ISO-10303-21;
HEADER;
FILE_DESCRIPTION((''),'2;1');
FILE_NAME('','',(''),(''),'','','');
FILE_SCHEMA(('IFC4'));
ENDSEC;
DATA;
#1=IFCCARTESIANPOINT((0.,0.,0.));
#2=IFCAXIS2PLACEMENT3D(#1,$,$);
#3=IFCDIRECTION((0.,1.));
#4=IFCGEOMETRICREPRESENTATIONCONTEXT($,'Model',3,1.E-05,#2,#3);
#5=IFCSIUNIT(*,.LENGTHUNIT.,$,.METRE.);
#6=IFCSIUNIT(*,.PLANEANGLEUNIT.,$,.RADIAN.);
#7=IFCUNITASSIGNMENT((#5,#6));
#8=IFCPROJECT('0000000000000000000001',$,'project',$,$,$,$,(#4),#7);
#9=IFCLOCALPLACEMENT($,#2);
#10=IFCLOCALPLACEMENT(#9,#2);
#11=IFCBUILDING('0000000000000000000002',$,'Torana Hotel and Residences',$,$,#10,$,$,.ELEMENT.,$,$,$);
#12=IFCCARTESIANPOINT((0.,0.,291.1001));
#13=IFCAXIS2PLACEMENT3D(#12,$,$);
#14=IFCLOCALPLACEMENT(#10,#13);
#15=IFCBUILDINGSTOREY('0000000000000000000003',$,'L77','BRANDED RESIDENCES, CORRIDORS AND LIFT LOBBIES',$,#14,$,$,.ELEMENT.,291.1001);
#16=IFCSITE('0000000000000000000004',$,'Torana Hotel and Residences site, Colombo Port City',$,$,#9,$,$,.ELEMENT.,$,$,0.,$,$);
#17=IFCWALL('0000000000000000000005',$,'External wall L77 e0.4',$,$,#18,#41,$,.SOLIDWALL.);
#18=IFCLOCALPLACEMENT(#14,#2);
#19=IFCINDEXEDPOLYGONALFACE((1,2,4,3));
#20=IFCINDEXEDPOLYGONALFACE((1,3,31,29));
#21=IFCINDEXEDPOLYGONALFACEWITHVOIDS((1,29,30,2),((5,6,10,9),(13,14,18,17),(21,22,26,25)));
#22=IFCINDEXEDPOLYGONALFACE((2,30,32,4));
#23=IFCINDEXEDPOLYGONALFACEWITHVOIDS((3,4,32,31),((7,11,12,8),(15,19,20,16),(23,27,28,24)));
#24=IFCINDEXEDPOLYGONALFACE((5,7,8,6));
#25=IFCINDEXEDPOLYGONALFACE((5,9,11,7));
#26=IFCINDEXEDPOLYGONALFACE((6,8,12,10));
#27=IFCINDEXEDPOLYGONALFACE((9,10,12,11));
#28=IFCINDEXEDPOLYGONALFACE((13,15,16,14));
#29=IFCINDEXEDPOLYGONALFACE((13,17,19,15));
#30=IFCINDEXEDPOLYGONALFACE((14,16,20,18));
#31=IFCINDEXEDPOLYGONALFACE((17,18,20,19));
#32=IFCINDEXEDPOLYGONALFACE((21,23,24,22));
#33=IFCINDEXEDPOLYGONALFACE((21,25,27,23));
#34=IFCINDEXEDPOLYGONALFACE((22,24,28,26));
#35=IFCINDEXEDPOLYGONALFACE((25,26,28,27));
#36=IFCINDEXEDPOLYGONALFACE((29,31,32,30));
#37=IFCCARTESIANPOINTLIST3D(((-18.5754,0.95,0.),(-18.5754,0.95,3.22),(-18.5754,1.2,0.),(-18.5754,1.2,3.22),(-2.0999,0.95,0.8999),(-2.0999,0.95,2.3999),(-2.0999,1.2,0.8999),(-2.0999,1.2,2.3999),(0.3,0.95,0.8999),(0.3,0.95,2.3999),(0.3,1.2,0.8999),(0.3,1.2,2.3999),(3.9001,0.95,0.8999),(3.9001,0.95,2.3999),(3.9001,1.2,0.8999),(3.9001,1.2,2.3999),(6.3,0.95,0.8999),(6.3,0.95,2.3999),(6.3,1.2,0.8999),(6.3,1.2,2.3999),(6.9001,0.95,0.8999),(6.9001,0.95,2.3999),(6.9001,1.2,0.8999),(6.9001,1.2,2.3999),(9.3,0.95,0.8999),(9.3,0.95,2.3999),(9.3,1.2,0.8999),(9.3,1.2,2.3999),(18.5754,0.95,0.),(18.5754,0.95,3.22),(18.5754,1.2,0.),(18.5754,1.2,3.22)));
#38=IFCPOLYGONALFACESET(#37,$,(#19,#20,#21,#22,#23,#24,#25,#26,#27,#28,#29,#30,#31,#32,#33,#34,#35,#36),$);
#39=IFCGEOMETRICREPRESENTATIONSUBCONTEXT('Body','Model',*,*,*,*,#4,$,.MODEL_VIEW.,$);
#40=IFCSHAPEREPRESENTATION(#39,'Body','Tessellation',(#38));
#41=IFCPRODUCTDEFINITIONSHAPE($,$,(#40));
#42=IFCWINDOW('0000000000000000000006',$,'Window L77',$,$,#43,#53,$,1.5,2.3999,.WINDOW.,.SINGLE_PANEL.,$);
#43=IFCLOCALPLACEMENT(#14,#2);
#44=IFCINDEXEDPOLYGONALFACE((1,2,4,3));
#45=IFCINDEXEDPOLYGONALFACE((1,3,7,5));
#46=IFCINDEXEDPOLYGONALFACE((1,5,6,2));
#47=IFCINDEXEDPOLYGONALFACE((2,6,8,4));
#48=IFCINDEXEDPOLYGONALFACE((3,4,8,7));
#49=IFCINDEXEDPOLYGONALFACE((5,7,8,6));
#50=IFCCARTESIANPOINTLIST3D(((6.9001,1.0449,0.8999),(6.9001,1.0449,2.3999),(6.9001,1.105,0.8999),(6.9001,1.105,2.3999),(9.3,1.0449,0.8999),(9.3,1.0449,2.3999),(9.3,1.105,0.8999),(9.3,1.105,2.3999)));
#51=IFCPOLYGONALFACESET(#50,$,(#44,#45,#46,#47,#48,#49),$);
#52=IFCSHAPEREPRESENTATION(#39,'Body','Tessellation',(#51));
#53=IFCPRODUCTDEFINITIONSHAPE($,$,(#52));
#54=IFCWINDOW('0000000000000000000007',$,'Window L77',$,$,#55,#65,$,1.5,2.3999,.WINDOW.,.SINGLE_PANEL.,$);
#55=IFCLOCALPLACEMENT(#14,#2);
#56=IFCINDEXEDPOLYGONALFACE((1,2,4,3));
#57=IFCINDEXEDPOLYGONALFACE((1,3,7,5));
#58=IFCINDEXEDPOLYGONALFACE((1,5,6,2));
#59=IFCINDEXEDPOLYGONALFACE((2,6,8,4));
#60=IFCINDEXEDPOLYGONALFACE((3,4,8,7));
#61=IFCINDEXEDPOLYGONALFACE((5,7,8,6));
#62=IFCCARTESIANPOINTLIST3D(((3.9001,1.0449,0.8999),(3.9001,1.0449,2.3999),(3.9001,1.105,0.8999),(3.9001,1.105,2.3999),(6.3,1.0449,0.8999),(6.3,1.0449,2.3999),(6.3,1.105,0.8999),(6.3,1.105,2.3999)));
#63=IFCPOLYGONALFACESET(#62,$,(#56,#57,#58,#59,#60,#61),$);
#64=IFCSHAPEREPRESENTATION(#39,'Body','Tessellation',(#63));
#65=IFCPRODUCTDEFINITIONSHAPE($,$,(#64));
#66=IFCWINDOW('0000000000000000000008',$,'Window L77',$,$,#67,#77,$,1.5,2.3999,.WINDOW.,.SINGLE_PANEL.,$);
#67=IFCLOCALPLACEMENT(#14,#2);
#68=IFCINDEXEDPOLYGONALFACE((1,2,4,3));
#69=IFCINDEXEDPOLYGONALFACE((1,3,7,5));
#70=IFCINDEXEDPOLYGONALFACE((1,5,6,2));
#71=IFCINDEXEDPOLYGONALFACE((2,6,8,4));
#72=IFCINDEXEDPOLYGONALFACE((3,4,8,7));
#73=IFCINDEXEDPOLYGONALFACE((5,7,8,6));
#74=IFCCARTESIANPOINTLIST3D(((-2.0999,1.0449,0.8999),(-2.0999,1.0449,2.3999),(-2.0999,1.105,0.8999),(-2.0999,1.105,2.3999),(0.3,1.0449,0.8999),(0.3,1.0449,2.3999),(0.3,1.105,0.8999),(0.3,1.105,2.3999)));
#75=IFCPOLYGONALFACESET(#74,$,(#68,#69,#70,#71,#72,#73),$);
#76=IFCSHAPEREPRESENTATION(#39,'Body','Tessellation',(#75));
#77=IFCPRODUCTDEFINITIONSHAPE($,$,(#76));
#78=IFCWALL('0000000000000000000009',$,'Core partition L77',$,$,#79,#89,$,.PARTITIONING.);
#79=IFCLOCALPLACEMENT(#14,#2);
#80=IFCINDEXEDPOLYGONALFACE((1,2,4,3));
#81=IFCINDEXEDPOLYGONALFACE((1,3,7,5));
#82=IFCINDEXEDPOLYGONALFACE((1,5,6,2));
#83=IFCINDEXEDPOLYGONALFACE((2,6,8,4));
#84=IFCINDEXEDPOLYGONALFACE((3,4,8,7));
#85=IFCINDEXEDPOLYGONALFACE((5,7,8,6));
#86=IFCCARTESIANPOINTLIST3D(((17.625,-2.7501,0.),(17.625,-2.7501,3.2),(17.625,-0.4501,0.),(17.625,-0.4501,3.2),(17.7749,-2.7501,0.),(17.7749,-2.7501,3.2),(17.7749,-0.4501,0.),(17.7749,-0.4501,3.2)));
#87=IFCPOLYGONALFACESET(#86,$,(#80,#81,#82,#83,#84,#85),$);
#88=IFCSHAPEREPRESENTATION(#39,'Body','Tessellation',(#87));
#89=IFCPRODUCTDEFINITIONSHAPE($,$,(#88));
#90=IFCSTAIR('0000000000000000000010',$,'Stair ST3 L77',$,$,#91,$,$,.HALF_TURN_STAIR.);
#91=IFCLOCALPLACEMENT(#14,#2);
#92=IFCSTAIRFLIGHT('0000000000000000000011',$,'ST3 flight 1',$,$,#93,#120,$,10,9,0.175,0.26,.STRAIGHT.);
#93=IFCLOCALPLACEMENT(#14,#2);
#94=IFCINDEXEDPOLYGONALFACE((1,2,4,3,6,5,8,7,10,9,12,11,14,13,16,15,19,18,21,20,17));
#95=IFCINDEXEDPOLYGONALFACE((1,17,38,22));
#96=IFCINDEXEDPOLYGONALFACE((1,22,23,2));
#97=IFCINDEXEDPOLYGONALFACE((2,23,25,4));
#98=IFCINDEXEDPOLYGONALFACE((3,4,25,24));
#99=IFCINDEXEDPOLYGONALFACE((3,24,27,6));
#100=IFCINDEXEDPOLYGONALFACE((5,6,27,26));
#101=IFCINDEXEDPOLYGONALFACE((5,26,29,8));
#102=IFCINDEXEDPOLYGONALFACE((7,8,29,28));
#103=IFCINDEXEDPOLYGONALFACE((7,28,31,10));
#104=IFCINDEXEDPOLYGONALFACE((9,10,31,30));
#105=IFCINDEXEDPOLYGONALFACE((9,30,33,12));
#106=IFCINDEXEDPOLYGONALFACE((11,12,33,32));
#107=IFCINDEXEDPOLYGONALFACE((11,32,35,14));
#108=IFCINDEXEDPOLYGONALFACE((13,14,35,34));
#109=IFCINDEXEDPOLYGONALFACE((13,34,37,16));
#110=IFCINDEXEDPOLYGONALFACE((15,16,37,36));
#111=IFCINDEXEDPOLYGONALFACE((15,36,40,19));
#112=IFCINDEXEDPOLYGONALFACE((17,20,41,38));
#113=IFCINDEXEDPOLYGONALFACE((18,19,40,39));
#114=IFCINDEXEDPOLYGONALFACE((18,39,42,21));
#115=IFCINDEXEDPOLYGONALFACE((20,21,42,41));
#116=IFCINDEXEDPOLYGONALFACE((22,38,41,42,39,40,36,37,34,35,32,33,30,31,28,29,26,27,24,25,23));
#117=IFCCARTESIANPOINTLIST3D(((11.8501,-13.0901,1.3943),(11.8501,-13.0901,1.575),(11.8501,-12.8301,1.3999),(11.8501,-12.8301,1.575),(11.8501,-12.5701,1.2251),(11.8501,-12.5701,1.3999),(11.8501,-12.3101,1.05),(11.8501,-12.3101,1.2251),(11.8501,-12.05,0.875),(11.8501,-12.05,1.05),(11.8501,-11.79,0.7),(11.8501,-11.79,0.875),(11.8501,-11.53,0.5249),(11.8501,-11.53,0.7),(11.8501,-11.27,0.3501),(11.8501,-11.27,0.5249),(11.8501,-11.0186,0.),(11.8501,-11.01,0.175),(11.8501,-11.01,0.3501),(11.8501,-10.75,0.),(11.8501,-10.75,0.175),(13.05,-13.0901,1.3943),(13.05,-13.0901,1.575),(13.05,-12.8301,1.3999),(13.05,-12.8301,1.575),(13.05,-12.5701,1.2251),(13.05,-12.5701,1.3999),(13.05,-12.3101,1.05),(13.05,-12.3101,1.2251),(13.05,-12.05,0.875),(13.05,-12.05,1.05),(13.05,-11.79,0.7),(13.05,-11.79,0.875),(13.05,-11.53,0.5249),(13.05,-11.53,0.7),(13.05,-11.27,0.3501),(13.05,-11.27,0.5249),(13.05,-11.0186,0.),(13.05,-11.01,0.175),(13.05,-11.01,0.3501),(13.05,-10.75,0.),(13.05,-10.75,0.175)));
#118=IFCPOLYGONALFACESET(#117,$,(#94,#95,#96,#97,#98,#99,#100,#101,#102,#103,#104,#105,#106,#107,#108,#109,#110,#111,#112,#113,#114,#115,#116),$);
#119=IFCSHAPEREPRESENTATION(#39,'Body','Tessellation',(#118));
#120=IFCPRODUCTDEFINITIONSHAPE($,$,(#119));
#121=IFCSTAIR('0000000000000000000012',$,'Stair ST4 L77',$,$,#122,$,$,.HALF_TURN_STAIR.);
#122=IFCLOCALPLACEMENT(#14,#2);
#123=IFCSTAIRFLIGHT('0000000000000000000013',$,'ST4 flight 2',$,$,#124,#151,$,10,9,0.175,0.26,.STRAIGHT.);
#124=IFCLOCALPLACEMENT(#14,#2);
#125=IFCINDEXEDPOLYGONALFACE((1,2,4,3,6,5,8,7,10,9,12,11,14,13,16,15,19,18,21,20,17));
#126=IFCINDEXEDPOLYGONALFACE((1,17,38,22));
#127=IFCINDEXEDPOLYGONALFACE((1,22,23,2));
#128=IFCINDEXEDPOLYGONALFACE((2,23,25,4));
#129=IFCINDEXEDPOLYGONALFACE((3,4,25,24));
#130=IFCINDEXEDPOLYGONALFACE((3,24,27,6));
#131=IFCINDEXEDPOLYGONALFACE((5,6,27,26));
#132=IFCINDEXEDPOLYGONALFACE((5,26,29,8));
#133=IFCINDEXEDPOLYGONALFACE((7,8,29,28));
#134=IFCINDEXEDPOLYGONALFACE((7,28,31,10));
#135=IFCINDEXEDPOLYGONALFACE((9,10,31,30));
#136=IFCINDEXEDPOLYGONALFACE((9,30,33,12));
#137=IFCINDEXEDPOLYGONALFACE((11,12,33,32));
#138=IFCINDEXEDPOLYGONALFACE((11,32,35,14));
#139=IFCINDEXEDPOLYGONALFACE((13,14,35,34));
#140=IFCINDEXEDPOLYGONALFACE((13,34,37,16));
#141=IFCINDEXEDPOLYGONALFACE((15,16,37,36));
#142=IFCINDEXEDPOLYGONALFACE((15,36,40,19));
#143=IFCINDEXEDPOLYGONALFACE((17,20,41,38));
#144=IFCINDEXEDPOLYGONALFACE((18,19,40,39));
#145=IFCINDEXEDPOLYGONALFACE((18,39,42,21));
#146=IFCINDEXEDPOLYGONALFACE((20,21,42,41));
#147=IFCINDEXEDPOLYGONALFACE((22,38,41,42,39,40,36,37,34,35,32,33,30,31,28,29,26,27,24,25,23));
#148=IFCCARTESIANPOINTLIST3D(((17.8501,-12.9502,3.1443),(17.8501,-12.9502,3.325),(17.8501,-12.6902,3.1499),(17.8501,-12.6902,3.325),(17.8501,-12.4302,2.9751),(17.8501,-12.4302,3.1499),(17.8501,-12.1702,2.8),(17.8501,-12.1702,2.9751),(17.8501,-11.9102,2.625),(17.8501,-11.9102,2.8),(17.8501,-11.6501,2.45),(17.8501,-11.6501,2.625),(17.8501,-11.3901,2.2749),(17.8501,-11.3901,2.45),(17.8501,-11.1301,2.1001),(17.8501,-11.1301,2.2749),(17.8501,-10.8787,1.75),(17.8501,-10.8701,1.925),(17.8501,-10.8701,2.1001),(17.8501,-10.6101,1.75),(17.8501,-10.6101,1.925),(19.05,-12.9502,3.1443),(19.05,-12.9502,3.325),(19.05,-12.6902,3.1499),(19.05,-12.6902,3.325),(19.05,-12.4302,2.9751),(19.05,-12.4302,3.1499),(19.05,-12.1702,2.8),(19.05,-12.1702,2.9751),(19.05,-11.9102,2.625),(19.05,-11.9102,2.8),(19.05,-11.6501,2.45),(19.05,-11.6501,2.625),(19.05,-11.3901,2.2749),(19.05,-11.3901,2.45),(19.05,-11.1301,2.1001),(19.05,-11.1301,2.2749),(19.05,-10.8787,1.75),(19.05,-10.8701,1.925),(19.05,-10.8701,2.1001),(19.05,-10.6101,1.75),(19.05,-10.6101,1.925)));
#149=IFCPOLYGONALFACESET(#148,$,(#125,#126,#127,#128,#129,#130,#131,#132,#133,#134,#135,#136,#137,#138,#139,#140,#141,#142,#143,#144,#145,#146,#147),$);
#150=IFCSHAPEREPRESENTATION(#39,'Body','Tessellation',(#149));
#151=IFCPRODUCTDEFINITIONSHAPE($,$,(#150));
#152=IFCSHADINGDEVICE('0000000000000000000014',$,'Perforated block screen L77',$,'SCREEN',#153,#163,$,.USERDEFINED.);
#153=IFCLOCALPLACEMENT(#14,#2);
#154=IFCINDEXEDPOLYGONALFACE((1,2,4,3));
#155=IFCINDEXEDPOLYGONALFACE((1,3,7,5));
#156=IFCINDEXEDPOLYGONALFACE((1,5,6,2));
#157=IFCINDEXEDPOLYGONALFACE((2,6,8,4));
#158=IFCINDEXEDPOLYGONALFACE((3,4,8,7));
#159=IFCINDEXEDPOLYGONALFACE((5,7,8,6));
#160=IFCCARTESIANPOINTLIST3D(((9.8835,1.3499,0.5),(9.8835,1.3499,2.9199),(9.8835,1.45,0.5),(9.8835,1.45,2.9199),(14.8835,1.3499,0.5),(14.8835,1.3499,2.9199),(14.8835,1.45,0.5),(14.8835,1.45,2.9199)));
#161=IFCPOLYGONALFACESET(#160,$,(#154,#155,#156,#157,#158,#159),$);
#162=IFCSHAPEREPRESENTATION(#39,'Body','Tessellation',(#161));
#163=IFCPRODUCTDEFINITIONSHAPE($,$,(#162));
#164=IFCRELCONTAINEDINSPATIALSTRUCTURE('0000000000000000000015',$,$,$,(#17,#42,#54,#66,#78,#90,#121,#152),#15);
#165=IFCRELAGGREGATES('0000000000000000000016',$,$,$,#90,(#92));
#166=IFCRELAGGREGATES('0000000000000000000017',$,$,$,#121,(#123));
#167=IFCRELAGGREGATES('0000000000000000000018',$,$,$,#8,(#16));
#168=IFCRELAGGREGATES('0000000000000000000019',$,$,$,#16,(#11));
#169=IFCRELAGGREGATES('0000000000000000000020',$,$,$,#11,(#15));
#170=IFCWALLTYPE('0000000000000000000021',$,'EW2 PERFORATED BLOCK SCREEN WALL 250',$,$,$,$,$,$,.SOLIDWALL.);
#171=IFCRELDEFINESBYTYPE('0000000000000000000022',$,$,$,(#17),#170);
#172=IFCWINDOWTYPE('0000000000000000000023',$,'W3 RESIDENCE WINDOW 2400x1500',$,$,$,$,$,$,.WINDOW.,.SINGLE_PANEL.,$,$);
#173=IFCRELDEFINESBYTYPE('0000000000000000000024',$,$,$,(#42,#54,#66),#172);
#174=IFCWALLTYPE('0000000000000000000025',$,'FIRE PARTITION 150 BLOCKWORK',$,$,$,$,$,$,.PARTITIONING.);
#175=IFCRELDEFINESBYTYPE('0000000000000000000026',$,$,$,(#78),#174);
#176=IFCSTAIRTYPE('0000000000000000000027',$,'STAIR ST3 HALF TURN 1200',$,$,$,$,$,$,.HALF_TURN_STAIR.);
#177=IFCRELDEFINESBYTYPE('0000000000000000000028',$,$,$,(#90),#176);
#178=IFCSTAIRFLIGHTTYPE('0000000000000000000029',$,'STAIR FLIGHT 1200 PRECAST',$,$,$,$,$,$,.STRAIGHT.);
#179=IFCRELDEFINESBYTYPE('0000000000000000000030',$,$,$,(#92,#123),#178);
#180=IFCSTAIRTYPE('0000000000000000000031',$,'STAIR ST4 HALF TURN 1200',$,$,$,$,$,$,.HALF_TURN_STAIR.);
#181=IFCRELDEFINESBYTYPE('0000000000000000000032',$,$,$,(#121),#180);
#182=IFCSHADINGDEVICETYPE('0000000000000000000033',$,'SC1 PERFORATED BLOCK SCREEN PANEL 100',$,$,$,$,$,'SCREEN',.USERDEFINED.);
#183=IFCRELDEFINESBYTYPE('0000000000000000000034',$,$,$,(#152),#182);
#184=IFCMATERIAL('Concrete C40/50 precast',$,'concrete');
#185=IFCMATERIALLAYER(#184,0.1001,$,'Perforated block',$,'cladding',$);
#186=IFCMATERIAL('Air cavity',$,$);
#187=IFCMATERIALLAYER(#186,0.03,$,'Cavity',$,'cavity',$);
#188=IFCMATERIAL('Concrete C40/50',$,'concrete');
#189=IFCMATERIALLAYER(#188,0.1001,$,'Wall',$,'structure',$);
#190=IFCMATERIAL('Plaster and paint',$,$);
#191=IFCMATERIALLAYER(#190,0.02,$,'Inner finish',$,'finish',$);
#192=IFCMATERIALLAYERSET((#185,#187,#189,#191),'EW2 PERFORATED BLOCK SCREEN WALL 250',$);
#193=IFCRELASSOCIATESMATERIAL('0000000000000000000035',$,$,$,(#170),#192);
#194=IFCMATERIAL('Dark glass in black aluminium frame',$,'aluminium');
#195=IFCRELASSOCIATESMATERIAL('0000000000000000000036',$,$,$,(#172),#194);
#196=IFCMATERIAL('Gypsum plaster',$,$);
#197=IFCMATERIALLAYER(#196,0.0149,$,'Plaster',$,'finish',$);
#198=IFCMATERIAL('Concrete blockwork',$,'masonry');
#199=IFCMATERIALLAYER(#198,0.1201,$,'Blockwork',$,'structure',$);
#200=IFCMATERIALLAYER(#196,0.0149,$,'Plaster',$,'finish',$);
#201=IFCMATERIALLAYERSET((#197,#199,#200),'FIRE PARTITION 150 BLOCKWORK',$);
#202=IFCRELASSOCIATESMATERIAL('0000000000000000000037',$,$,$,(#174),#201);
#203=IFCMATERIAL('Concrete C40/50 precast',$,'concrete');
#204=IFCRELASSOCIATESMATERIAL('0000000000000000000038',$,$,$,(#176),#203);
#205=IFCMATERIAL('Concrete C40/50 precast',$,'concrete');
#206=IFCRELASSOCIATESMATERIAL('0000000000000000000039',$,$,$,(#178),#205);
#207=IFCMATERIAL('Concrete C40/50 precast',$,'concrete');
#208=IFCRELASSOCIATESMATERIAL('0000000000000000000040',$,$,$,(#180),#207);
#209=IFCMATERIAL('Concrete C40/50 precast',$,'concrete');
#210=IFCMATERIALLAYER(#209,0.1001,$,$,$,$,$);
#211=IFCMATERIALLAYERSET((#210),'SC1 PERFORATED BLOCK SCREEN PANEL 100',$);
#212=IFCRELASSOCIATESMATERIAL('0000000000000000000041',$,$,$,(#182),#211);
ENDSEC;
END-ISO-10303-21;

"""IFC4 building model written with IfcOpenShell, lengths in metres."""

from ifc_helpers import new_model, si_unit, direction, frame, frame_2d, origin, origin_2d, place, context, subcontext, project, spatial, polyline, rectangle, outline, extrude, material, layer, layer_set, type_object, element, fill, aggregate, save


model = new_model("IFC4")

# Units and contexts
model_context = context("Model", 3, precision=1e-05, world=origin(), true_north=direction((0.0, 1.0)))
body_context = subcontext(model_context, "Body", "Model", "MODEL_VIEW")
ifc_project = project(units=[si_unit("LENGTHUNIT", "METRE"), si_unit("PLANEANGLEUNIT", "RADIAN")], contexts=[model_context])

# Site, building, storey
site_placement = place(None, origin())
site = spatial("IfcSite", under=ifc_project, at=site_placement, Name="Torana Hotel and Residences site, Colombo Port City", CompositionType="ELEMENT", RefElevation=0.0)
building_placement = place(site_placement, origin())
building = spatial("IfcBuilding", under=site, at=building_placement, Name="Torana Hotel and Residences", CompositionType="ELEMENT")
storey_placement = place(building_placement, frame((0.0, 0.0, 291.1001)))
storey = spatial("IfcBuildingStorey", under=building, at=storey_placement, Name="L77", Description="BRANDED RESIDENCES, CORRIDORS AND LIFT LOBBIES", CompositionType="ELEMENT", Elevation=291.1001)

# Wall, openings, windows
ifc_material_1 = material(Name="Concrete C40/50 precast", Category="concrete")
ifc_layer_1 = layer(ifc_material_1, 0.1001, Name="Perforated block", Category="cladding")
ifc_material_2 = material(Name="Air cavity")
ifc_layer_2 = layer(ifc_material_2, 0.03, Name="Cavity", Category="cavity")
ifc_material_3 = material(Name="Concrete C40/50", Category="concrete")
ifc_layer_3 = layer(ifc_material_3, 0.1001, Name="Wall", Category="structure")
ifc_material_4 = material(Name="Plaster and paint")
ifc_layer_4 = layer(ifc_material_4, 0.02, Name="Inner finish", Category="finish")
ifc_layer_set_1 = layer_set([ifc_layer_1, ifc_layer_2, ifc_layer_3, ifc_layer_4], Name="EW2 PERFORATED BLOCK SCREEN WALL 250")
wall_type_1 = type_object("IfcWallType", Name="EW2 PERFORATED BLOCK SCREEN WALL 250", PredefinedType="SOLIDWALL", material=ifc_layer_set_1)
wall_1_placement = place(storey_placement, frame((18.5754, 1.075, 0.0), z_axis=(0.0, 0.0, 1.0), x_axis=(-1.0, 0.0, 0.0)))
wall_1 = element("IfcWall", 1, at=wall_1_placement, inside=storey, type_object=wall_type_1, Name="External wall L77 e0.4", PredefinedType="SOLIDWALL", context=body_context, shape_type="SweptSolid", body=[
    extrude(rectangle(XDim=37.1509, YDim=0.25, at=frame_2d((18.5754, 0.0))), origin(), (0.0, 0.0, 1.0), 3.22),
])
opening_1_placement = place(wall_1_placement, frame((9.2754, 0.0, 0.8999)))
opening_1 = element("IfcOpeningElement", 2, at=opening_1_placement, cuts=wall_1, PredefinedType="OPENING", context=body_context, shape_type="SweptSolid", body=[
    extrude(rectangle(XDim=2.3999, YDim=1.5, at=frame_2d((1.2, 0.75))), frame((0.0, 0.135, 0.0), z_axis=(0.0, -1.0, 0.0), x_axis=(1.0, 0.0, 0.0)), (0.0, 0.0, 1.0), 0.27),
])
opening_2_placement = place(wall_1_placement, frame((12.2754, 0.0, 0.8999)))
opening_2 = element("IfcOpeningElement", 3, at=opening_2_placement, cuts=wall_1, PredefinedType="OPENING", context=body_context, shape_type="SweptSolid", body=[
    extrude(rectangle(XDim=2.3999, YDim=1.5, at=frame_2d((1.2, 0.75))), frame((0.0, 0.135, 0.0), z_axis=(0.0, -1.0, 0.0), x_axis=(1.0, 0.0, 0.0)), (0.0, 0.0, 1.0), 0.27),
])
opening_3_placement = place(wall_1_placement, frame((18.2754, 0.0, 0.8999)))
opening_3 = element("IfcOpeningElement", 4, at=opening_3_placement, cuts=wall_1, PredefinedType="OPENING", context=body_context, shape_type="SweptSolid", body=[
    extrude(rectangle(XDim=2.3999, YDim=1.5, at=frame_2d((1.2, 0.75))), frame((0.0, 0.135, 0.0), z_axis=(0.0, -1.0, 0.0), x_axis=(1.0, 0.0, 0.0)), (0.0, 0.0, 1.0), 0.27),
])
ifc_material_5 = material(Name="Dark glass in black aluminium frame", Category="aluminium")
window_type = type_object("IfcWindowType", Name="W3 RESIDENCE WINDOW 2400x1500", PartitioningType="SINGLE_PANEL", PredefinedType="WINDOW", material=ifc_material_5)
window_1_placement = place(opening_1_placement, origin())
window_1 = element("IfcWindow", 5, at=window_1_placement, inside=storey, type_object=window_type, Name="Window L77", OverallHeight=1.5, OverallWidth=2.3999, PartitioningType="SINGLE_PANEL", PredefinedType="WINDOW", context=body_context, shape_type="SweptSolid", body=[
    extrude(rectangle(XDim=2.3999, YDim=1.5, at=frame_2d((1.2, 0.75))), frame((0.0, 0.03, 0.0), z_axis=(0.0, -1.0, 0.0), x_axis=(1.0, 0.0, 0.0)), (0.0, 0.0, 1.0), 0.0601),
])
fill(opening_1, window_1)
window_2_placement = place(opening_2_placement, origin())
window_2 = element("IfcWindow", 6, at=window_2_placement, inside=storey, type_object=window_type, Name="Window L77", OverallHeight=1.5, OverallWidth=2.3999, PartitioningType="SINGLE_PANEL", PredefinedType="WINDOW", context=body_context, shape_type="SweptSolid", body=[
    extrude(rectangle(XDim=2.3999, YDim=1.5, at=frame_2d((1.2, 0.75))), frame((0.0, 0.03, 0.0), z_axis=(0.0, -1.0, 0.0), x_axis=(1.0, 0.0, 0.0)), (0.0, 0.0, 1.0), 0.0601),
])
fill(opening_2, window_2)
window_3_placement = place(opening_3_placement, origin())
window_3 = element("IfcWindow", 7, at=window_3_placement, inside=storey, type_object=window_type, Name="Window L77", OverallHeight=1.5, OverallWidth=2.3999, PartitioningType="SINGLE_PANEL", PredefinedType="WINDOW", context=body_context, shape_type="SweptSolid", body=[
    extrude(rectangle(XDim=2.3999, YDim=1.5, at=frame_2d((1.2, 0.75))), frame((0.0, 0.03, 0.0), z_axis=(0.0, -1.0, 0.0), x_axis=(1.0, 0.0, 0.0)), (0.0, 0.0, 1.0), 0.0601),
])
fill(opening_3, window_3)

# Wall
ifc_material_6 = material(Name="Gypsum plaster")
ifc_layer_5 = layer(ifc_material_6, 0.0149, Name="Plaster", Category="finish")
ifc_material_7 = material(Name="Concrete blockwork", Category="masonry")
ifc_layer_6 = layer(ifc_material_7, 0.1201, Name="Blockwork", Category="structure")
ifc_layer_7 = layer(ifc_material_6, 0.0149, Name="Plaster", Category="finish")
ifc_layer_set_2 = layer_set([ifc_layer_5, ifc_layer_6, ifc_layer_7], Name="FIRE PARTITION 150 BLOCKWORK")
wall_type_2 = type_object("IfcWallType", Name="FIRE PARTITION 150 BLOCKWORK", PredefinedType="PARTITIONING", material=ifc_layer_set_2)
wall_2_placement = place(storey_placement, frame((17.7, -2.75, 0.0), z_axis=(0.0, 0.0, 1.0), x_axis=(0.0, 1.0, 0.0)))
element("IfcWall", 8, at=wall_2_placement, inside=storey, type_object=wall_type_2, Name="Core partition L77", PredefinedType="PARTITIONING", context=body_context, shape_type="SweptSolid", body=[
    extrude(rectangle(XDim=2.3, YDim=0.1499, at=frame_2d((1.1499, 0.0))), origin(), (0.0, 0.0, 1.0), 3.2),
])

# Stairs, stair flights
ifc_material_8 = material(Name="Concrete C40/50 precast", Category="concrete")
stair_type_1 = type_object("IfcStairType", Name="STAIR ST3 HALF TURN 1200", PredefinedType="HALF_TURN_STAIR", material=ifc_material_8)
stair_1_placement = place(storey_placement, origin())
stair_1 = element("IfcStair", 9, at=stair_1_placement, inside=storey, type_object=stair_type_1, Name="Stair ST3 L77", PredefinedType="HALF_TURN_STAIR")
ifc_material_9 = material(Name="Concrete C40/50 precast", Category="concrete")
stair_flight_type = type_object("IfcStairFlightType", Name="STAIR FLIGHT 1200 PRECAST", PredefinedType="STRAIGHT", material=ifc_material_9)
stair_flight_1_placement = place(storey_placement, frame((12.45, -10.75, 0.0), z_axis=(0.0, 0.0, 1.0), x_axis=(0.0, -1.0, 0.0)))
stair_flight_1 = element("IfcStairFlight", 10, at=stair_flight_1_placement, type_object=stair_flight_type, Name="ST3 flight 1", NumberOfRisers=10, NumberOfTreads=9, PredefinedType="STRAIGHT", RiserHeight=0.175, TreadLength=0.26, context=body_context, shape_type="SweptSolid", body=[
    extrude(outline(polyline([(0.0, 0.0), (0.0, 0.175), (0.26, 0.175), (0.26, 0.3501), (0.52, 0.3501), (0.52, 0.5249), (0.78, 0.5249), (0.78, 0.7), (1.04, 0.7), (1.04, 0.875), (1.3, 0.875), (1.3, 1.05), (1.5601, 1.05), (1.5601, 1.2251), (1.8201, 1.2251), (1.8201, 1.3999), (2.0801, 1.3999), (2.0801, 1.575), (2.3401, 1.575), (2.3401, 1.75), (2.3401, 1.3943), (0.2686, 0.0), (0.0, 0.0)])), frame((0.0, 0.6001, 0.0), z_axis=(0.0, -1.0, 0.0), x_axis=(1.0, 0.0, 0.0)), (0.0, 0.0, 1.0), 1.2),
])
aggregate(stair_1, [stair_flight_1])
ifc_material_10 = material(Name="Concrete C40/50 precast", Category="concrete")
stair_type_2 = type_object("IfcStairType", Name="STAIR ST4 HALF TURN 1200", PredefinedType="HALF_TURN_STAIR", material=ifc_material_10)
stair_2_placement = place(storey_placement, origin())
stair_2 = element("IfcStair", 11, at=stair_2_placement, inside=storey, type_object=stair_type_2, Name="Stair ST4 L77", PredefinedType="HALF_TURN_STAIR")
stair_flight_2_placement = place(storey_placement, frame((18.45, -10.6101, 1.75), z_axis=(0.0, 0.0, 1.0), x_axis=(0.0, -1.0, 0.0)))
stair_flight_2 = element("IfcStairFlight", 12, at=stair_flight_2_placement, type_object=stair_flight_type, Name="ST4 flight 2", NumberOfRisers=10, NumberOfTreads=9, PredefinedType="STRAIGHT", RiserHeight=0.175, TreadLength=0.26, context=body_context, shape_type="SweptSolid", body=[
    extrude(outline(polyline([(0.0, 0.0), (0.0, 0.175), (0.26, 0.175), (0.26, 0.3501), (0.52, 0.3501), (0.52, 0.5249), (0.78, 0.5249), (0.78, 0.7), (1.04, 0.7), (1.04, 0.875), (1.3, 0.875), (1.3, 1.05), (1.5601, 1.05), (1.5601, 1.2251), (1.8201, 1.2251), (1.8201, 1.3999), (2.0801, 1.3999), (2.0801, 1.575), (2.3401, 1.575), (2.3401, 1.75), (2.3401, 1.3943), (0.2686, 0.0), (0.0, 0.0)])), frame((0.0, 0.6001, 0.0), z_axis=(0.0, -1.0, 0.0), x_axis=(1.0, 0.0, 0.0)), (0.0, 0.0, 1.0), 1.2),
])
aggregate(stair_2, [stair_flight_2])

# Shading device
ifc_material_11 = material(Name="Concrete C40/50 precast", Category="concrete")
ifc_layer_8 = layer(ifc_material_11, 0.1001)
ifc_layer_set_3 = layer_set([ifc_layer_8], Name="SC1 PERFORATED BLOCK SCREEN PANEL 100")
shading_device_type = type_object("IfcShadingDeviceType", Name="SC1 PERFORATED BLOCK SCREEN PANEL 100", ElementType="SCREEN", PredefinedType="USERDEFINED", material=ifc_layer_set_3)
shading_device_placement = place(storey_placement, frame((12.3835, 1.3999, 0.5), z_axis=(0.0, 0.0, 1.0), x_axis=(-1.0, 0.0, 0.0)))
element("IfcShadingDevice", 13, at=shading_device_placement, inside=storey, type_object=shading_device_type, Name="Perforated block screen L77", ObjectType="SCREEN", PredefinedType="USERDEFINED", context=body_context, shape_type="SweptSolid", body=[
    extrude(rectangle(XDim=5.0, YDim=0.1001, at=origin_2d()), origin(), (0.0, 0.0, 1.0), 2.4199),
])

save(model, "model.ifc")
